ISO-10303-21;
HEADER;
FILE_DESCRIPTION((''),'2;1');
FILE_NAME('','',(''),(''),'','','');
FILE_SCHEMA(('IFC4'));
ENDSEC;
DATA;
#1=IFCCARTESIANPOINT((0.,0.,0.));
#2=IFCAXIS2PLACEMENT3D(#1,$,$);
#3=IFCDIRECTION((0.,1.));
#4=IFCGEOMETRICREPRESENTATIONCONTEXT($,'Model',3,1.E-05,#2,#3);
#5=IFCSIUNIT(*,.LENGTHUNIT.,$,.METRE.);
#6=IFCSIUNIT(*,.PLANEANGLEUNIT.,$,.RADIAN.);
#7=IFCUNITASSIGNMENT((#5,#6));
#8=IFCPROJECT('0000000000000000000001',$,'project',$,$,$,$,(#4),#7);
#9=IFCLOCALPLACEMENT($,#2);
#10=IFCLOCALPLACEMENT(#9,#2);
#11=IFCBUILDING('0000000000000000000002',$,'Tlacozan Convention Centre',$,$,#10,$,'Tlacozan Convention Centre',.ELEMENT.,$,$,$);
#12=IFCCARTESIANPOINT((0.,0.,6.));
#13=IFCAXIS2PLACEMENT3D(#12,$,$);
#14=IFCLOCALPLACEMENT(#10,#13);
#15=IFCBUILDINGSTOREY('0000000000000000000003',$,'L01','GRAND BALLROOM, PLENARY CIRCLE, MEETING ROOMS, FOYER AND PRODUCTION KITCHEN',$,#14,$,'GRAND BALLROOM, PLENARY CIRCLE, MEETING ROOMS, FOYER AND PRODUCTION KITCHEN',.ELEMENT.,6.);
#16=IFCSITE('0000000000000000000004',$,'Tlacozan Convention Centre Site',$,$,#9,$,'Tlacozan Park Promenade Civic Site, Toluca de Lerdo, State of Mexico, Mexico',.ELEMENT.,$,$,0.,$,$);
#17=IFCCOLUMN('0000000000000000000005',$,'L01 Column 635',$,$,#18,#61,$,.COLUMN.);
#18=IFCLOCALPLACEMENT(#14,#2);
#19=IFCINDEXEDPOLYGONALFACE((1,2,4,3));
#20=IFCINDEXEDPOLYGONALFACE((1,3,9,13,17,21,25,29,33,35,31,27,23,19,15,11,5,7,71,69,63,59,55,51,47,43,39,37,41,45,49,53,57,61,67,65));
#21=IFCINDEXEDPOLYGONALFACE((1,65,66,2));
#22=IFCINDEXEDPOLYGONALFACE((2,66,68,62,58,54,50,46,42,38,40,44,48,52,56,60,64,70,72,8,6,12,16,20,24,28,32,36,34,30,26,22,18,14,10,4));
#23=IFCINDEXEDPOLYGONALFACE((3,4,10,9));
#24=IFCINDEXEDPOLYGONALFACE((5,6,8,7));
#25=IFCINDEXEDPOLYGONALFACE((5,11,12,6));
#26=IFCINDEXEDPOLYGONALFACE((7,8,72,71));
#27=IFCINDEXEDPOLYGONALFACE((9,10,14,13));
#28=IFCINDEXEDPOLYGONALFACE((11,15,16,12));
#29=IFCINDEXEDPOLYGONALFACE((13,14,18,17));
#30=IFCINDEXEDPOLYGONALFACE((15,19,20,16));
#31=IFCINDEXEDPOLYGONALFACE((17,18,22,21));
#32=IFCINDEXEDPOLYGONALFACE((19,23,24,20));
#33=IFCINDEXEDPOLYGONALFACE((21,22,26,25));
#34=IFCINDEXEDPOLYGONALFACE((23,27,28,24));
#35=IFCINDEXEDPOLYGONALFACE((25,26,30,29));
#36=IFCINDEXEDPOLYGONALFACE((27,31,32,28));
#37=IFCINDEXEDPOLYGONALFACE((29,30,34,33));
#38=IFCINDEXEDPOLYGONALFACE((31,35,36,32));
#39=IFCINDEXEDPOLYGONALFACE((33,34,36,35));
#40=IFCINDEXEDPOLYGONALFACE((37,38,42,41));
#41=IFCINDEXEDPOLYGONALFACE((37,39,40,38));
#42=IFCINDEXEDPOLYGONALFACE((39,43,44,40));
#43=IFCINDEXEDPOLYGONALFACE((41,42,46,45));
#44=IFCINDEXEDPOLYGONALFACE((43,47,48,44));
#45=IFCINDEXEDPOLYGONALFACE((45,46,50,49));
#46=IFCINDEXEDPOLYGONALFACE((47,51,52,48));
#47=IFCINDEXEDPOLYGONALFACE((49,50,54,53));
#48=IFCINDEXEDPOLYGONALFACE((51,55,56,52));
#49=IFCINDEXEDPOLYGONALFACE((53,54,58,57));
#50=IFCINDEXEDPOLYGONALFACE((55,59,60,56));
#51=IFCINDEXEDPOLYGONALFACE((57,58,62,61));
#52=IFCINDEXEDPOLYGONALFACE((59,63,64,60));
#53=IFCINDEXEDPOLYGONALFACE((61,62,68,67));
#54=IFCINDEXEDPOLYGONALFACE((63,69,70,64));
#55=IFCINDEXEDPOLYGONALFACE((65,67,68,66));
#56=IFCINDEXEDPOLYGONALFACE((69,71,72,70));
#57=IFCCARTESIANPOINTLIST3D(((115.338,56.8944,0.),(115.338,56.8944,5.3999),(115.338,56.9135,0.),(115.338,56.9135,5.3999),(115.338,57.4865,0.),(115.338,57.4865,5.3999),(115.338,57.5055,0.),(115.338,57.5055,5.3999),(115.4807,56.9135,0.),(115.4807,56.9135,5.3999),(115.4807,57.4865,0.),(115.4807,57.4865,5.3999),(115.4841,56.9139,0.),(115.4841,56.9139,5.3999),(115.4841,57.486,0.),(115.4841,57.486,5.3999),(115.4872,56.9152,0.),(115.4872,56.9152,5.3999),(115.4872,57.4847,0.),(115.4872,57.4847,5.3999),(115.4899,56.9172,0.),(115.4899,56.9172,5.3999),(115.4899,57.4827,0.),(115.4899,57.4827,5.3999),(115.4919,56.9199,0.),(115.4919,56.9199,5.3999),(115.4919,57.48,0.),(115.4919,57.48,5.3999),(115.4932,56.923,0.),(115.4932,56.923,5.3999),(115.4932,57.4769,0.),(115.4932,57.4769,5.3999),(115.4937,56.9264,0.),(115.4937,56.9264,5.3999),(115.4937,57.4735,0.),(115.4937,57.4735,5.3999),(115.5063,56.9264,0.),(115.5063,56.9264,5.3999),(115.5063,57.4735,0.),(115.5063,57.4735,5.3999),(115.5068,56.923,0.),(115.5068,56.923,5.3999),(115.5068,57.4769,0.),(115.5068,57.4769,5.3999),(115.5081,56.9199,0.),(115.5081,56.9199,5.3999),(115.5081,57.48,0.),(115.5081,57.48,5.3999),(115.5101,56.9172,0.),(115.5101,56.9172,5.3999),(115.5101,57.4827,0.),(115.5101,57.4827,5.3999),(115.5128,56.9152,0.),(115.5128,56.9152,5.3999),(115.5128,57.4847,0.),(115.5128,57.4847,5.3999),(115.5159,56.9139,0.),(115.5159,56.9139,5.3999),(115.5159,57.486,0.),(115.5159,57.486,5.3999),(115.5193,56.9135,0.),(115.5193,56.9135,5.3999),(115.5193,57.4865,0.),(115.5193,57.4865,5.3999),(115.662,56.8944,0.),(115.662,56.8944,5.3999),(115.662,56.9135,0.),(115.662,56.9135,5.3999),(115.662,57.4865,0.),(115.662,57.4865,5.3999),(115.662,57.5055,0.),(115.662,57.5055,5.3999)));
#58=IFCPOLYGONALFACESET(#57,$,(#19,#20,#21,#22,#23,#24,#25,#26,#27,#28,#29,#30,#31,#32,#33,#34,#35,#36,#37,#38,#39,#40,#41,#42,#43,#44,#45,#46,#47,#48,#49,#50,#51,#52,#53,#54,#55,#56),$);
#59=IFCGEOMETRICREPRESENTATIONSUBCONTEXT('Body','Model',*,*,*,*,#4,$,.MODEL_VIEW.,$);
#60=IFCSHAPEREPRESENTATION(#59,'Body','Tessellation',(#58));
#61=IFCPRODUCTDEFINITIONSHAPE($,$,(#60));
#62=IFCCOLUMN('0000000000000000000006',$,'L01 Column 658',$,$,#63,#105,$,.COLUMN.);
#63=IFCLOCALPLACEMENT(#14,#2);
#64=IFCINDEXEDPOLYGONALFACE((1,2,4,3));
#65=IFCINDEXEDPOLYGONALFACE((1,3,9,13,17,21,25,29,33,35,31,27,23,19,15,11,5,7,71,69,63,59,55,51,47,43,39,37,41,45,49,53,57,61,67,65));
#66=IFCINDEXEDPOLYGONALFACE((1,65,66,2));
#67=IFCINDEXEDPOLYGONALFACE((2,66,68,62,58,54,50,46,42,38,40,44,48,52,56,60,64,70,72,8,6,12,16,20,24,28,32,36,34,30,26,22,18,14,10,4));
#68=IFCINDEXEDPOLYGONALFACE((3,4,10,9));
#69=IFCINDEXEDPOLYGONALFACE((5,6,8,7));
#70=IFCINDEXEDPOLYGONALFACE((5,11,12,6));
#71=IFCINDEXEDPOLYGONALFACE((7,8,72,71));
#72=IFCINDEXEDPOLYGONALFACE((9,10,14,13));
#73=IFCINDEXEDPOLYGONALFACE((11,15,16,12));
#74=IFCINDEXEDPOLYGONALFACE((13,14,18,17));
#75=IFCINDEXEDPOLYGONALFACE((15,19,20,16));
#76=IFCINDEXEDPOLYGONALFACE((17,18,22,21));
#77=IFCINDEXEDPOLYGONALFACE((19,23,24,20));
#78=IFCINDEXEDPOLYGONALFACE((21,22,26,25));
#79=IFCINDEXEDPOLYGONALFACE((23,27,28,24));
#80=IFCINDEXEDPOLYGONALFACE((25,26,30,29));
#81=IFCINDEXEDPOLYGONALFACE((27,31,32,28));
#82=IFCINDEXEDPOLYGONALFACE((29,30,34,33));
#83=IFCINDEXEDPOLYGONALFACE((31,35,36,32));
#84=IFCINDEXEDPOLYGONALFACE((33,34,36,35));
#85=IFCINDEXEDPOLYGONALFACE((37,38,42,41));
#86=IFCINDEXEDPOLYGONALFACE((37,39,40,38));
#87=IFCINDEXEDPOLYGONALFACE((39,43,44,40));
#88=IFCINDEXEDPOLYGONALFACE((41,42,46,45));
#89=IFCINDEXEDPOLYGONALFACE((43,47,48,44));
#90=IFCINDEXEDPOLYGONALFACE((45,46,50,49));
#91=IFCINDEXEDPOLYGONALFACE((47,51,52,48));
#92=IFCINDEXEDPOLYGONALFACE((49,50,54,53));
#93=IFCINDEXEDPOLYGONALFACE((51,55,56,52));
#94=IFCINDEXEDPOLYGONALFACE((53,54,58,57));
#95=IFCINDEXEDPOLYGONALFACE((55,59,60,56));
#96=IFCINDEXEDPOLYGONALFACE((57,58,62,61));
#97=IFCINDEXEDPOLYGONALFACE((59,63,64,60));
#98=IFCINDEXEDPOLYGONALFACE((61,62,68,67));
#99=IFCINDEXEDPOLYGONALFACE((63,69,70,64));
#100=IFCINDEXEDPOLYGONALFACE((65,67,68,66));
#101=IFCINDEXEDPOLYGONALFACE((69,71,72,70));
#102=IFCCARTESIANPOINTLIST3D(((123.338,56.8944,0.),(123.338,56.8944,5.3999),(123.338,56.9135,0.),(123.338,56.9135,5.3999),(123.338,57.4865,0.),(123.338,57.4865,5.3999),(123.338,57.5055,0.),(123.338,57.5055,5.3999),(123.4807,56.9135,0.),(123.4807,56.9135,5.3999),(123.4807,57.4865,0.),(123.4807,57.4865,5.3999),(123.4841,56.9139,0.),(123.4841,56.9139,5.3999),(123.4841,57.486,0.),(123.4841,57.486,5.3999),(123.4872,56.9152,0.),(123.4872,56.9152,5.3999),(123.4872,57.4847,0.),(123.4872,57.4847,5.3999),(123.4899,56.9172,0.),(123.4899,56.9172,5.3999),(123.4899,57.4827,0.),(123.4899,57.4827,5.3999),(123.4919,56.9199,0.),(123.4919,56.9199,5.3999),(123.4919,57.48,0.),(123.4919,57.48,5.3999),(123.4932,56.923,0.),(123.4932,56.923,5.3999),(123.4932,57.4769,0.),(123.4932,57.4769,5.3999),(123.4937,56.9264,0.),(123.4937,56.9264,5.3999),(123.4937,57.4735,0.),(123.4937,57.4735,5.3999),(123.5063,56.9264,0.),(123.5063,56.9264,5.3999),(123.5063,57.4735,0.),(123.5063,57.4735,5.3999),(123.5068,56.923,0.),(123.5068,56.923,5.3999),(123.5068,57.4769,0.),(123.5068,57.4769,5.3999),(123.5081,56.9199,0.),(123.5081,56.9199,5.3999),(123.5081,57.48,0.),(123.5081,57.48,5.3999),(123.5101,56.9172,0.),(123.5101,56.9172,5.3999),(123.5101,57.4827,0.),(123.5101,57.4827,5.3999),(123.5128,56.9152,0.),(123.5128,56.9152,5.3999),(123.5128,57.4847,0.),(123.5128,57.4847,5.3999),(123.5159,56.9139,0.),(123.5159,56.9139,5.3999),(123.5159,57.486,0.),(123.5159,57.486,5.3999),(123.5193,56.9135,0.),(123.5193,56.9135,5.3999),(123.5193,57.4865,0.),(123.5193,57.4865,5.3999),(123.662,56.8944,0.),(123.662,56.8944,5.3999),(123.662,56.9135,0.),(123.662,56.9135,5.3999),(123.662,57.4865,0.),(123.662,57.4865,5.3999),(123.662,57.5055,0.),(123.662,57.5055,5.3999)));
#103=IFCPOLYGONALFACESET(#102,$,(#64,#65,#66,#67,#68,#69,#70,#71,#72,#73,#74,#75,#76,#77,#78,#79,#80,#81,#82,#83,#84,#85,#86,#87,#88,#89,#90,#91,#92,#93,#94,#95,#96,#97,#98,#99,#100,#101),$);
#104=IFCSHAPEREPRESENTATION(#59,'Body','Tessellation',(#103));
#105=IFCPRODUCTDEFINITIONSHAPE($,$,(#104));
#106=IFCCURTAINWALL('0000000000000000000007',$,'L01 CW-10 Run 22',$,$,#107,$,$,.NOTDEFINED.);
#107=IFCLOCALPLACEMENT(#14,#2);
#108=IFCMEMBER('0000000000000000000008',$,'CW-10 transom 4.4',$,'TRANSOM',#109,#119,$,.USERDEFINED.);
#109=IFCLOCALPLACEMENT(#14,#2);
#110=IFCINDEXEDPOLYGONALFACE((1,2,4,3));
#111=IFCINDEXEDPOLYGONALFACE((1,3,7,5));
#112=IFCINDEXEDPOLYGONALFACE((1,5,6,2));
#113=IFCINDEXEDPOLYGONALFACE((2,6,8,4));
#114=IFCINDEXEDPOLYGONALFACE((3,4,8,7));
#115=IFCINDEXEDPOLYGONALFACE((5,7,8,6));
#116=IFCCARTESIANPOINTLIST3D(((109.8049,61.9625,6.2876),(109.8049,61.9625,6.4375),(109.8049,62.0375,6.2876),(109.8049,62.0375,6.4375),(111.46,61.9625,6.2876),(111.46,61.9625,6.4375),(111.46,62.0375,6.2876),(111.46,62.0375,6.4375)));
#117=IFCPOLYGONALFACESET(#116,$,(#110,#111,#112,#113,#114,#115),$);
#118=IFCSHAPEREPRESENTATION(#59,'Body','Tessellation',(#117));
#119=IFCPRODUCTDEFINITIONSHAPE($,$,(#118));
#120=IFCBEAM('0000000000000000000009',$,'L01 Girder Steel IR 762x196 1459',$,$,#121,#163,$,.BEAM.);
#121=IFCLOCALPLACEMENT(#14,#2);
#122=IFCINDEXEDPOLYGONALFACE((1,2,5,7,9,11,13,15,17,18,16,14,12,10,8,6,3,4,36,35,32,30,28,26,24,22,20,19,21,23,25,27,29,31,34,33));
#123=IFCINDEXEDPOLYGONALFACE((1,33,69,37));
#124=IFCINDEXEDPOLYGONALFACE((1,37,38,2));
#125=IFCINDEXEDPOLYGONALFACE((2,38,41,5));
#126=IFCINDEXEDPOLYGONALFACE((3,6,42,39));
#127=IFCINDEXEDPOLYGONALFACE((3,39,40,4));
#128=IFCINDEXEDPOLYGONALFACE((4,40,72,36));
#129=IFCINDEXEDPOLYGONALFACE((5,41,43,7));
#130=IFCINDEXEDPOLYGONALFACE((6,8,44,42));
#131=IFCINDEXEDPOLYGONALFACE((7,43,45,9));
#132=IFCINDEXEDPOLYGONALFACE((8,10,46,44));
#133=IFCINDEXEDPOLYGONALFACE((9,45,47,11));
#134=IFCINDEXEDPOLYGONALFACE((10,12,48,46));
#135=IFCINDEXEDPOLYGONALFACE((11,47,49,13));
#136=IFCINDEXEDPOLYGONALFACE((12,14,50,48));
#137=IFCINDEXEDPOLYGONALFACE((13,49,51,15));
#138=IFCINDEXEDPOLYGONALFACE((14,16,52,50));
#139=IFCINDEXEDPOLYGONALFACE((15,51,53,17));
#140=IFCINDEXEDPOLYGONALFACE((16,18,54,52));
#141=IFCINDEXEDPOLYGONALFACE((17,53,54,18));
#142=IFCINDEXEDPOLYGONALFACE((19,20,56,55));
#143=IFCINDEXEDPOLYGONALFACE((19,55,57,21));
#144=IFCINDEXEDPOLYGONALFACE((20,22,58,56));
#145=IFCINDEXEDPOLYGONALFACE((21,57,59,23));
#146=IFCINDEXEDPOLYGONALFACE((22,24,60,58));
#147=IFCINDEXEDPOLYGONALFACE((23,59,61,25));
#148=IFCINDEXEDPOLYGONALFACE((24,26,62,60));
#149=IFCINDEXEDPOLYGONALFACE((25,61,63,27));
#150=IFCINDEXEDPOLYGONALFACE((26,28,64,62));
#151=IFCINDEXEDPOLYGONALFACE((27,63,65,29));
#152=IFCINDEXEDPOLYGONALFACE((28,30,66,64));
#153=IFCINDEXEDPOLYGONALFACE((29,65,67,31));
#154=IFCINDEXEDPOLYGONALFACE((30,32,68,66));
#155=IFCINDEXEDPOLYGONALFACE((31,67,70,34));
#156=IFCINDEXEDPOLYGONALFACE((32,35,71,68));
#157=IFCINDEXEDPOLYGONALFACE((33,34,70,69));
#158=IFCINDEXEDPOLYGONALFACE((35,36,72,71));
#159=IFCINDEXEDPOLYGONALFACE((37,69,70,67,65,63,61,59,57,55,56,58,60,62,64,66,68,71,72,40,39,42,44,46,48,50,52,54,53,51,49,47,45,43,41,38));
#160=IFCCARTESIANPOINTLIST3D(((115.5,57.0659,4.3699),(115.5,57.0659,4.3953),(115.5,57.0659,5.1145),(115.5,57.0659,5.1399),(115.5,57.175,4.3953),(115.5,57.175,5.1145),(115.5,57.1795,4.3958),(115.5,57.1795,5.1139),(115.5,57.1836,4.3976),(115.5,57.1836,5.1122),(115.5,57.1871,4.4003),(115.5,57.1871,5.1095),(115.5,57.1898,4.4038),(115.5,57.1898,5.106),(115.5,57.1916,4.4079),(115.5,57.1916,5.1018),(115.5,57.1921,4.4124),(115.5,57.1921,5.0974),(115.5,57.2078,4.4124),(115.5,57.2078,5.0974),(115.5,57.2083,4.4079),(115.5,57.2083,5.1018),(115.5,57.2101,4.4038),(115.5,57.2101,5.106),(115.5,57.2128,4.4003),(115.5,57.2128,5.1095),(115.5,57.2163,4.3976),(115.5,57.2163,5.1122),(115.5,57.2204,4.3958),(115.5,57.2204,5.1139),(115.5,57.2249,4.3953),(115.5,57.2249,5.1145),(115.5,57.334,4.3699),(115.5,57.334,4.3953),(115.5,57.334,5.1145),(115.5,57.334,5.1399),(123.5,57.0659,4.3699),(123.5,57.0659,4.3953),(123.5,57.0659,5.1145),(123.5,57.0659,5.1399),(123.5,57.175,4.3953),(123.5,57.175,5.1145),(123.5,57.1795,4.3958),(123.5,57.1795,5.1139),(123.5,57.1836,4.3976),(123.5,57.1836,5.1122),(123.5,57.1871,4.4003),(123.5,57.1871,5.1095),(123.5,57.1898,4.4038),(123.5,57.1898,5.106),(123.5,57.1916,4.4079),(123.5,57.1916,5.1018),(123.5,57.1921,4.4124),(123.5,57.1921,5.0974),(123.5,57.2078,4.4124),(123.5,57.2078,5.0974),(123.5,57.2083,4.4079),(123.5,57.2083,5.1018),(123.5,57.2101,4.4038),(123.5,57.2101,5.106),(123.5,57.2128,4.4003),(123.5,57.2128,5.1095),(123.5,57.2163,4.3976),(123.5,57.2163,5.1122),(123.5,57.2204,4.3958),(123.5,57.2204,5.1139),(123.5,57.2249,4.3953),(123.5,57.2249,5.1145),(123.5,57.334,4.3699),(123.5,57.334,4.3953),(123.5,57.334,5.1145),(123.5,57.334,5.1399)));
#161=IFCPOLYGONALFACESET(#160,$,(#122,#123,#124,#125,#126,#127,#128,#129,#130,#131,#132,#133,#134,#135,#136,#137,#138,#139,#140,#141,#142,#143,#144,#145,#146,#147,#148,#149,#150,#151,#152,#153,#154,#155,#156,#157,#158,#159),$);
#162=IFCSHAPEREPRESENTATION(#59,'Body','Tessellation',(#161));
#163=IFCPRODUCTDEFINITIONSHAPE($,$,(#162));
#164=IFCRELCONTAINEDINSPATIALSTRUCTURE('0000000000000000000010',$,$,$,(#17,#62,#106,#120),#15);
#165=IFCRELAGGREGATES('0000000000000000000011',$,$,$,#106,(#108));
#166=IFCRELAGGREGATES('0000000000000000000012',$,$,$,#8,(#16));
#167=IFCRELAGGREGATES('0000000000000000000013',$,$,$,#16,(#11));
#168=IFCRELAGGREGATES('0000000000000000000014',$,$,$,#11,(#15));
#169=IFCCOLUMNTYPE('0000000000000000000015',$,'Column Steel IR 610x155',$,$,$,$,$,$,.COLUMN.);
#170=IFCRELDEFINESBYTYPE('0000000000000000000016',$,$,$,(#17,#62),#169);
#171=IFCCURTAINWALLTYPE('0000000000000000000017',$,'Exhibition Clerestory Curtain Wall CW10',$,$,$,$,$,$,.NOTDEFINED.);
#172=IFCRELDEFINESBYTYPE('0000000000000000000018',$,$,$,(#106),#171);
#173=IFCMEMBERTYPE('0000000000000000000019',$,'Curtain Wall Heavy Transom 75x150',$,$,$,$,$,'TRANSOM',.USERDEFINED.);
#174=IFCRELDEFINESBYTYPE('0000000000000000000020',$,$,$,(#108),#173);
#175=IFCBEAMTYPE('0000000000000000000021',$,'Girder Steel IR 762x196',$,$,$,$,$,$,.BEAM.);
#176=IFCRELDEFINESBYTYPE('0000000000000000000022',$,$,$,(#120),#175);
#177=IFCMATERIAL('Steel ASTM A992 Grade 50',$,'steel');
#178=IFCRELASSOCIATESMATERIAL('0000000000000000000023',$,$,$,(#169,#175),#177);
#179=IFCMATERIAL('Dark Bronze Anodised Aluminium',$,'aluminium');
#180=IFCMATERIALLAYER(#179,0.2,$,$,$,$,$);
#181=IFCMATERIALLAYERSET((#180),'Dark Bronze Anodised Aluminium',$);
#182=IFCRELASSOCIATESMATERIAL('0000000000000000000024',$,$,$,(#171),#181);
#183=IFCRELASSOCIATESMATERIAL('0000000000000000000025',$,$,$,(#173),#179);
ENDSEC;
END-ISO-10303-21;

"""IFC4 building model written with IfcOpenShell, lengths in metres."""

from ifc_helpers import new_model, si_unit, direction, frame, origin, origin_2d, place, context, subcontext, project, spatial, rectangle, i_section, extrude, material, layer, layer_set, material_profile, profile_set, type_object, element, aggregate, save


model = new_model("IFC4")

# Units and contexts
model_context = context("Model", 3, precision=1e-05, world=origin(), true_north=direction((0.0, 1.0)))
body_context = subcontext(model_context, "Body", "Model", "MODEL_VIEW")
ifc_project = project(units=[si_unit("LENGTHUNIT", "METRE"), si_unit("PLANEANGLEUNIT", "RADIAN")], contexts=[model_context])

# Site, building, storey
site_placement = place(None, origin())
site = spatial("IfcSite", under=ifc_project, at=site_placement, Name="Tlacozan Convention Centre Site", LongName="Tlacozan Park Promenade Civic Site, Toluca de Lerdo, State of Mexico, Mexico", CompositionType="ELEMENT", RefElevation=0.0)
building_placement = place(site_placement, origin())
building = spatial("IfcBuilding", under=site, at=building_placement, Name="Tlacozan Convention Centre", LongName="Tlacozan Convention Centre", CompositionType="ELEMENT")
storey_placement = place(building_placement, frame((0.0, 0.0, 6.0)))
storey = spatial("IfcBuildingStorey", under=building, at=storey_placement, Name="L01", Description="GRAND BALLROOM, PLENARY CIRCLE, MEETING ROOMS, FOYER AND PRODUCTION KITCHEN", LongName="GRAND BALLROOM, PLENARY CIRCLE, MEETING ROOMS, FOYER AND PRODUCTION KITCHEN", CompositionType="ELEMENT", Elevation=6.0)

# Columns
ifc_material_1 = material(Name="Steel ASTM A992 Grade 50", Category="steel")
ifc_material_profile_1 = material_profile(ifc_material_1, i_section(OverallWidth=0.324, OverallDepth=0.6111, WebThickness=0.0127, FlangeThickness=0.019, FilletRadius=0.0129, at=origin_2d()), Name="IR 610x155.0")
ifc_profile_set_1 = profile_set([ifc_material_profile_1], Name="Steel ASTM A992 Grade 50")
column_type = type_object("IfcColumnType", Name="Column Steel IR 610x155", PredefinedType="COLUMN", material=ifc_profile_set_1)
for number, where, z_axis, x_axis, name in (
    (1, (115.5, 57.2, 0.0), (0.0, 0.0, 1.0), (1.0, 0.0, 0.0), "L01 Column 635"),
    (2, (123.5, 57.2, 0.0), (0.0, 0.0, 1.0), (1.0, 0.0, 0.0), "L01 Column 658"),
):
    element("IfcColumn", number, at=place(storey_placement, frame(where, z_axis=z_axis, x_axis=x_axis)), inside=storey, type_object=column_type, Name=name, PredefinedType="COLUMN", context=body_context, shape_type="SweptSolid", body=[
        extrude(i_section(OverallWidth=0.324, OverallDepth=0.6111, WebThickness=0.0127, FlangeThickness=0.019, FilletRadius=0.0129, at=origin_2d()), origin(), (0.0, 0.0, 1.0), 5.3999),
    ])

# Curtain wall, member
ifc_material_2 = material(Name="Dark Bronze Anodised Aluminium", Category="aluminium")
ifc_layer_1 = layer(ifc_material_2, 0.2)
ifc_layer_set_1 = layer_set([ifc_layer_1], Name="Dark Bronze Anodised Aluminium")
curtain_wall_type = type_object("IfcCurtainWallType", Name="Exhibition Clerestory Curtain Wall CW10", PredefinedType="NOTDEFINED", material=ifc_layer_set_1)
curtain_wall_placement = place(storey_placement, origin())
curtain_wall = element("IfcCurtainWall", 3, at=curtain_wall_placement, inside=storey, type_object=curtain_wall_type, Name="L01 CW-10 Run 22", PredefinedType="NOTDEFINED")
ifc_material_profile_2 = material_profile(ifc_material_2, rectangle(XDim=0.075, YDim=0.1499, at=origin_2d()), Name="ALU 75x150")
ifc_profile_set_2 = profile_set([ifc_material_profile_2], Name="Dark Bronze Anodised Aluminium")
member_type = type_object("IfcMemberType", Name="Curtain Wall Heavy Transom 75x150", ElementType="TRANSOM", PredefinedType="USERDEFINED", material=ifc_profile_set_2)
member_placement = place(storey_placement, frame((109.8049, 62.0, 6.3625), z_axis=(1.0, 0.0, 0.0), x_axis=(0.0, 1.0, 0.0)))
member = element("IfcMember", 4, at=member_placement, type_object=member_type, Name="CW-10 transom 4.4", ObjectType="TRANSOM", PredefinedType="USERDEFINED", context=body_context, shape_type="SweptSolid", body=[
    extrude(rectangle(XDim=0.075, YDim=0.1499, at=origin_2d()), origin(), (0.0, 0.0, 1.0), 1.655),
])

# Beam
ifc_material_profile_3 = material_profile(ifc_material_1, i_section(OverallWidth=0.2681, OverallDepth=0.77, WebThickness=0.0156, FlangeThickness=0.0254, FilletRadius=0.0171, at=origin_2d()), Name="IR 762x196.0")
ifc_profile_set_3 = profile_set([ifc_material_profile_3], Name="Steel ASTM A992 Grade 50")
beam_type_1 = type_object("IfcBeamType", Name="Girder Steel IR 762x196", PredefinedType="BEAM", material=ifc_profile_set_3)
for number, where, z_axis, x_axis, name in (
    (5, (115.5, 57.2, 4.7549), (1.0, 0.0, 0.0), (0.0, 1.0, 0.0), "L01 Girder Steel IR 762x196 1459"),
):
    element("IfcBeam", number, at=place(storey_placement, frame(where, z_axis=z_axis, x_axis=x_axis)), inside=storey, type_object=beam_type_1, Name=name, PredefinedType="BEAM", context=body_context, shape_type="SweptSolid", body=[
        extrude(i_section(OverallWidth=0.2681, OverallDepth=0.77, WebThickness=0.0156, FlangeThickness=0.0254, FilletRadius=0.0171, at=origin_2d()), origin(), (0.0, 0.0, 1.0), 8.0),
    ])

aggregate(curtain_wall, [member])

save(model, "model.ifc")
